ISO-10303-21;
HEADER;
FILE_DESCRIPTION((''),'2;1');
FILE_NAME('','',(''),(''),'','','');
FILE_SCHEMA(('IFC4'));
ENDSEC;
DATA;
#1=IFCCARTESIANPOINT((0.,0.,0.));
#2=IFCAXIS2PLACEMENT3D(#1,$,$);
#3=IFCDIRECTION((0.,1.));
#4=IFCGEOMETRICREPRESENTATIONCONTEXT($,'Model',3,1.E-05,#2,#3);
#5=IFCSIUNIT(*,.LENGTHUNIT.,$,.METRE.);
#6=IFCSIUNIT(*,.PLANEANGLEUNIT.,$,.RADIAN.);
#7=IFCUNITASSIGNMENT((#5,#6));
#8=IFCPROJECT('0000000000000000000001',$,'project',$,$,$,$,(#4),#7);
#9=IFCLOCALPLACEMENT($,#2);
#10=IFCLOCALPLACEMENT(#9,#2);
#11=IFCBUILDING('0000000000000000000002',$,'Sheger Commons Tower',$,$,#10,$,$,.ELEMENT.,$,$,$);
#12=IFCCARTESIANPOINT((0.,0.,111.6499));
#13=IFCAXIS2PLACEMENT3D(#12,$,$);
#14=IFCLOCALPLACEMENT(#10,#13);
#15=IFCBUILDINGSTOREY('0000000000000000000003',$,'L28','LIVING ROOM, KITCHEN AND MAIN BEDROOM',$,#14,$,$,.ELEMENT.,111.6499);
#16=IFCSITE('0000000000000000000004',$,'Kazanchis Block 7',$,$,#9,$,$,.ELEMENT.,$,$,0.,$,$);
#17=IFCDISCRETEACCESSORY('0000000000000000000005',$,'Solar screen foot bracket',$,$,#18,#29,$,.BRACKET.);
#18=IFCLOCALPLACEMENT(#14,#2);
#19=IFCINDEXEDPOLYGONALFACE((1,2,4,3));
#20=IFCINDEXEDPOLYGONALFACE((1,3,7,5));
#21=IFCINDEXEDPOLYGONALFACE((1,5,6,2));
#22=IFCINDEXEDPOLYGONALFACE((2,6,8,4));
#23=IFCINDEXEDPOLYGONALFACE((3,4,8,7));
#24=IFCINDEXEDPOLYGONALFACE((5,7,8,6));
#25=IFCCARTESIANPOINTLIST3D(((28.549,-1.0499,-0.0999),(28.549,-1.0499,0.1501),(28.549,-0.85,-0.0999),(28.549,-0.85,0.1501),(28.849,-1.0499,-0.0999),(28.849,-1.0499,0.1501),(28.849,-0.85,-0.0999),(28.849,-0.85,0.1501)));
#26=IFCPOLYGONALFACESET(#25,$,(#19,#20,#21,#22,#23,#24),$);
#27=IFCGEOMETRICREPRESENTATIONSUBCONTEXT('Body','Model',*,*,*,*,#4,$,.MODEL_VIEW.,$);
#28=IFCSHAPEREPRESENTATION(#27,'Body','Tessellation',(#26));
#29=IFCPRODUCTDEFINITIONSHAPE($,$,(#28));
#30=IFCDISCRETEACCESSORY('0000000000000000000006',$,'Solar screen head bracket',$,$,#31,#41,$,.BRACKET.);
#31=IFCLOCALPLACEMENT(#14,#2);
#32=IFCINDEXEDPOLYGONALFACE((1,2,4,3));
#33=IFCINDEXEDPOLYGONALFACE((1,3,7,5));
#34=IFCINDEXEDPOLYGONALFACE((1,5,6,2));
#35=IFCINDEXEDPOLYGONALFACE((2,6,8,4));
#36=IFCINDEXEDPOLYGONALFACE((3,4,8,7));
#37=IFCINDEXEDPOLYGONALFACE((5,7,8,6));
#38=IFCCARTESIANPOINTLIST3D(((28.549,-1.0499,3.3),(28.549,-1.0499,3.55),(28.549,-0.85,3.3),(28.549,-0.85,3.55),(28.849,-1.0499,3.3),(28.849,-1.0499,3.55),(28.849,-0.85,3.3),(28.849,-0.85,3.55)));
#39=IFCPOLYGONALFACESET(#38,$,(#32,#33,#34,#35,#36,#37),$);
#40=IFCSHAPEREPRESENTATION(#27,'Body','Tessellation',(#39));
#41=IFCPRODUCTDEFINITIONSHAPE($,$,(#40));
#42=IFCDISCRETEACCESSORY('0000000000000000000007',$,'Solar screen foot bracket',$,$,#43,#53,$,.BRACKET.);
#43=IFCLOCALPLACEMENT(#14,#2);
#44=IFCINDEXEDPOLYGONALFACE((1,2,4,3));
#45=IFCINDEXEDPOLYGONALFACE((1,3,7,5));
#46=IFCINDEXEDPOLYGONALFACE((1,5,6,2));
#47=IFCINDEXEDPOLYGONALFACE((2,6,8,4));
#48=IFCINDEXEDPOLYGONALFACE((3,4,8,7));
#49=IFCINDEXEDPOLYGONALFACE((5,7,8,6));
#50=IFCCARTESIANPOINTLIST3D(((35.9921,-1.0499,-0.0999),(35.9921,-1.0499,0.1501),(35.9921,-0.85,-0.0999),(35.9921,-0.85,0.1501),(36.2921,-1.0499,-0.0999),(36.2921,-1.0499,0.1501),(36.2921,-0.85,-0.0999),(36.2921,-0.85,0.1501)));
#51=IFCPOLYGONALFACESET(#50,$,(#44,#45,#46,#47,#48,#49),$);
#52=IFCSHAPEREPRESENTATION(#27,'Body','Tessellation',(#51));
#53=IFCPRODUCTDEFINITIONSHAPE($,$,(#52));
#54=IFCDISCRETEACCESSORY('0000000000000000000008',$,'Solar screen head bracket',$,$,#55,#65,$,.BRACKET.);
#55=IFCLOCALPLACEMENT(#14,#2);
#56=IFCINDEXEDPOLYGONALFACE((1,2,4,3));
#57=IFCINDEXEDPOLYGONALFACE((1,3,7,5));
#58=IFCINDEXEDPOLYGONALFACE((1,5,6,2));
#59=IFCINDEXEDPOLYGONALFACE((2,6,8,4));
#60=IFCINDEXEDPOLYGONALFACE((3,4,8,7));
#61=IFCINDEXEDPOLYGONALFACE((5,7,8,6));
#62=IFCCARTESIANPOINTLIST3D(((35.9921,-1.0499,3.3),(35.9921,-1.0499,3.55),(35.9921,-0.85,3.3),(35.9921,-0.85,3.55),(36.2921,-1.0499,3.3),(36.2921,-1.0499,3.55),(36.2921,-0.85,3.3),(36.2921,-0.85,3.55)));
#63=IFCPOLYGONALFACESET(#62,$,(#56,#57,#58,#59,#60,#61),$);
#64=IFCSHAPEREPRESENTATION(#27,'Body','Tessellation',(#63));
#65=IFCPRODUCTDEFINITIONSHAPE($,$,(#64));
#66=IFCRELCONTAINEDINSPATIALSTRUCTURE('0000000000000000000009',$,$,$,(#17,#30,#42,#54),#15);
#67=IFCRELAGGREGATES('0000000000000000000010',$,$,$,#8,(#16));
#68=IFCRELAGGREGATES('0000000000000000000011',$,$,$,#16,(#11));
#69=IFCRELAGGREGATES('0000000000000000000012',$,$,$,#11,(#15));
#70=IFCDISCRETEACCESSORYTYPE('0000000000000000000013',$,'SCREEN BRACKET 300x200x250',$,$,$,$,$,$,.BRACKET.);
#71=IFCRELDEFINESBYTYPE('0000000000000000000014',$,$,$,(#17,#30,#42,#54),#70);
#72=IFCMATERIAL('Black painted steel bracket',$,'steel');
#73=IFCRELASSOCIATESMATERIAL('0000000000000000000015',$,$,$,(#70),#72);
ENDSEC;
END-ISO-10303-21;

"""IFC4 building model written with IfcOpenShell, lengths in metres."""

from ifc_helpers import new_model, si_unit, direction, frame, origin, origin_2d, place, context, subcontext, project, spatial, rectangle, extrude, material, type_object, element, save


model = new_model("IFC4")

# Units and contexts
model_context = context("Model", 3, precision=1e-05, world=origin(), true_north=direction((0.0, 1.0)))
body_context = subcontext(model_context, "Body", "Model", "MODEL_VIEW")
ifc_project = project(units=[si_unit("LENGTHUNIT", "METRE"), si_unit("PLANEANGLEUNIT", "RADIAN")], contexts=[model_context])

# Site, building, storey
site_placement = place(None, origin())
site = spatial("IfcSite", under=ifc_project, at=site_placement, Name="Kazanchis Block 7", CompositionType="ELEMENT", RefElevation=0.0)
building_placement = place(site_placement, origin())
building = spatial("IfcBuilding", under=site, at=building_placement, Name="Sheger Commons Tower", CompositionType="ELEMENT")
storey_placement = place(building_placement, frame((0.0, 0.0, 111.6499)))
storey = spatial("IfcBuildingStorey", under=building, at=storey_placement, Name="L28", Description="LIVING ROOM, KITCHEN AND MAIN BEDROOM", CompositionType="ELEMENT", Elevation=111.6499)

# Discrete accessories
ifc_material_1 = material(Name="Black painted steel bracket", Category="steel")
discrete_accessory_type = type_object("IfcDiscreteAccessoryType", Name="SCREEN BRACKET 300x200x250", PredefinedType="BRACKET", material=ifc_material_1)
for number, where, z_axis, x_axis, name in (
    (1, (28.699, -0.95, -0.0999), (0.0, 0.0, 1.0), (1.0, 0.0, 0.0), "Solar screen foot bracket"),
    (2, (28.699, -0.95, 3.3), (0.0, 0.0, 1.0), (1.0, 0.0, 0.0), "Solar screen head bracket"),
    (3, (36.1421, -0.95, -0.0999), (0.0, 0.0, 1.0), (1.0, 0.0, 0.0), "Solar screen foot bracket"),
    (4, (36.1421, -0.95, 3.3), (0.0, 0.0, 1.0), (1.0, 0.0, 0.0), "Solar screen head bracket"),
):
    element("IfcDiscreteAccessory", number, at=place(storey_placement, frame(where, z_axis=z_axis, x_axis=x_axis)), inside=storey, type_object=discrete_accessory_type, Name=name, PredefinedType="BRACKET", context=body_context, shape_type="SweptSolid", body=[
        extrude(rectangle(XDim=0.3, YDim=0.2, at=origin_2d()), origin(), (0.0, 0.0, 1.0), 0.25),
    ])

save(model, "model.ifc")
